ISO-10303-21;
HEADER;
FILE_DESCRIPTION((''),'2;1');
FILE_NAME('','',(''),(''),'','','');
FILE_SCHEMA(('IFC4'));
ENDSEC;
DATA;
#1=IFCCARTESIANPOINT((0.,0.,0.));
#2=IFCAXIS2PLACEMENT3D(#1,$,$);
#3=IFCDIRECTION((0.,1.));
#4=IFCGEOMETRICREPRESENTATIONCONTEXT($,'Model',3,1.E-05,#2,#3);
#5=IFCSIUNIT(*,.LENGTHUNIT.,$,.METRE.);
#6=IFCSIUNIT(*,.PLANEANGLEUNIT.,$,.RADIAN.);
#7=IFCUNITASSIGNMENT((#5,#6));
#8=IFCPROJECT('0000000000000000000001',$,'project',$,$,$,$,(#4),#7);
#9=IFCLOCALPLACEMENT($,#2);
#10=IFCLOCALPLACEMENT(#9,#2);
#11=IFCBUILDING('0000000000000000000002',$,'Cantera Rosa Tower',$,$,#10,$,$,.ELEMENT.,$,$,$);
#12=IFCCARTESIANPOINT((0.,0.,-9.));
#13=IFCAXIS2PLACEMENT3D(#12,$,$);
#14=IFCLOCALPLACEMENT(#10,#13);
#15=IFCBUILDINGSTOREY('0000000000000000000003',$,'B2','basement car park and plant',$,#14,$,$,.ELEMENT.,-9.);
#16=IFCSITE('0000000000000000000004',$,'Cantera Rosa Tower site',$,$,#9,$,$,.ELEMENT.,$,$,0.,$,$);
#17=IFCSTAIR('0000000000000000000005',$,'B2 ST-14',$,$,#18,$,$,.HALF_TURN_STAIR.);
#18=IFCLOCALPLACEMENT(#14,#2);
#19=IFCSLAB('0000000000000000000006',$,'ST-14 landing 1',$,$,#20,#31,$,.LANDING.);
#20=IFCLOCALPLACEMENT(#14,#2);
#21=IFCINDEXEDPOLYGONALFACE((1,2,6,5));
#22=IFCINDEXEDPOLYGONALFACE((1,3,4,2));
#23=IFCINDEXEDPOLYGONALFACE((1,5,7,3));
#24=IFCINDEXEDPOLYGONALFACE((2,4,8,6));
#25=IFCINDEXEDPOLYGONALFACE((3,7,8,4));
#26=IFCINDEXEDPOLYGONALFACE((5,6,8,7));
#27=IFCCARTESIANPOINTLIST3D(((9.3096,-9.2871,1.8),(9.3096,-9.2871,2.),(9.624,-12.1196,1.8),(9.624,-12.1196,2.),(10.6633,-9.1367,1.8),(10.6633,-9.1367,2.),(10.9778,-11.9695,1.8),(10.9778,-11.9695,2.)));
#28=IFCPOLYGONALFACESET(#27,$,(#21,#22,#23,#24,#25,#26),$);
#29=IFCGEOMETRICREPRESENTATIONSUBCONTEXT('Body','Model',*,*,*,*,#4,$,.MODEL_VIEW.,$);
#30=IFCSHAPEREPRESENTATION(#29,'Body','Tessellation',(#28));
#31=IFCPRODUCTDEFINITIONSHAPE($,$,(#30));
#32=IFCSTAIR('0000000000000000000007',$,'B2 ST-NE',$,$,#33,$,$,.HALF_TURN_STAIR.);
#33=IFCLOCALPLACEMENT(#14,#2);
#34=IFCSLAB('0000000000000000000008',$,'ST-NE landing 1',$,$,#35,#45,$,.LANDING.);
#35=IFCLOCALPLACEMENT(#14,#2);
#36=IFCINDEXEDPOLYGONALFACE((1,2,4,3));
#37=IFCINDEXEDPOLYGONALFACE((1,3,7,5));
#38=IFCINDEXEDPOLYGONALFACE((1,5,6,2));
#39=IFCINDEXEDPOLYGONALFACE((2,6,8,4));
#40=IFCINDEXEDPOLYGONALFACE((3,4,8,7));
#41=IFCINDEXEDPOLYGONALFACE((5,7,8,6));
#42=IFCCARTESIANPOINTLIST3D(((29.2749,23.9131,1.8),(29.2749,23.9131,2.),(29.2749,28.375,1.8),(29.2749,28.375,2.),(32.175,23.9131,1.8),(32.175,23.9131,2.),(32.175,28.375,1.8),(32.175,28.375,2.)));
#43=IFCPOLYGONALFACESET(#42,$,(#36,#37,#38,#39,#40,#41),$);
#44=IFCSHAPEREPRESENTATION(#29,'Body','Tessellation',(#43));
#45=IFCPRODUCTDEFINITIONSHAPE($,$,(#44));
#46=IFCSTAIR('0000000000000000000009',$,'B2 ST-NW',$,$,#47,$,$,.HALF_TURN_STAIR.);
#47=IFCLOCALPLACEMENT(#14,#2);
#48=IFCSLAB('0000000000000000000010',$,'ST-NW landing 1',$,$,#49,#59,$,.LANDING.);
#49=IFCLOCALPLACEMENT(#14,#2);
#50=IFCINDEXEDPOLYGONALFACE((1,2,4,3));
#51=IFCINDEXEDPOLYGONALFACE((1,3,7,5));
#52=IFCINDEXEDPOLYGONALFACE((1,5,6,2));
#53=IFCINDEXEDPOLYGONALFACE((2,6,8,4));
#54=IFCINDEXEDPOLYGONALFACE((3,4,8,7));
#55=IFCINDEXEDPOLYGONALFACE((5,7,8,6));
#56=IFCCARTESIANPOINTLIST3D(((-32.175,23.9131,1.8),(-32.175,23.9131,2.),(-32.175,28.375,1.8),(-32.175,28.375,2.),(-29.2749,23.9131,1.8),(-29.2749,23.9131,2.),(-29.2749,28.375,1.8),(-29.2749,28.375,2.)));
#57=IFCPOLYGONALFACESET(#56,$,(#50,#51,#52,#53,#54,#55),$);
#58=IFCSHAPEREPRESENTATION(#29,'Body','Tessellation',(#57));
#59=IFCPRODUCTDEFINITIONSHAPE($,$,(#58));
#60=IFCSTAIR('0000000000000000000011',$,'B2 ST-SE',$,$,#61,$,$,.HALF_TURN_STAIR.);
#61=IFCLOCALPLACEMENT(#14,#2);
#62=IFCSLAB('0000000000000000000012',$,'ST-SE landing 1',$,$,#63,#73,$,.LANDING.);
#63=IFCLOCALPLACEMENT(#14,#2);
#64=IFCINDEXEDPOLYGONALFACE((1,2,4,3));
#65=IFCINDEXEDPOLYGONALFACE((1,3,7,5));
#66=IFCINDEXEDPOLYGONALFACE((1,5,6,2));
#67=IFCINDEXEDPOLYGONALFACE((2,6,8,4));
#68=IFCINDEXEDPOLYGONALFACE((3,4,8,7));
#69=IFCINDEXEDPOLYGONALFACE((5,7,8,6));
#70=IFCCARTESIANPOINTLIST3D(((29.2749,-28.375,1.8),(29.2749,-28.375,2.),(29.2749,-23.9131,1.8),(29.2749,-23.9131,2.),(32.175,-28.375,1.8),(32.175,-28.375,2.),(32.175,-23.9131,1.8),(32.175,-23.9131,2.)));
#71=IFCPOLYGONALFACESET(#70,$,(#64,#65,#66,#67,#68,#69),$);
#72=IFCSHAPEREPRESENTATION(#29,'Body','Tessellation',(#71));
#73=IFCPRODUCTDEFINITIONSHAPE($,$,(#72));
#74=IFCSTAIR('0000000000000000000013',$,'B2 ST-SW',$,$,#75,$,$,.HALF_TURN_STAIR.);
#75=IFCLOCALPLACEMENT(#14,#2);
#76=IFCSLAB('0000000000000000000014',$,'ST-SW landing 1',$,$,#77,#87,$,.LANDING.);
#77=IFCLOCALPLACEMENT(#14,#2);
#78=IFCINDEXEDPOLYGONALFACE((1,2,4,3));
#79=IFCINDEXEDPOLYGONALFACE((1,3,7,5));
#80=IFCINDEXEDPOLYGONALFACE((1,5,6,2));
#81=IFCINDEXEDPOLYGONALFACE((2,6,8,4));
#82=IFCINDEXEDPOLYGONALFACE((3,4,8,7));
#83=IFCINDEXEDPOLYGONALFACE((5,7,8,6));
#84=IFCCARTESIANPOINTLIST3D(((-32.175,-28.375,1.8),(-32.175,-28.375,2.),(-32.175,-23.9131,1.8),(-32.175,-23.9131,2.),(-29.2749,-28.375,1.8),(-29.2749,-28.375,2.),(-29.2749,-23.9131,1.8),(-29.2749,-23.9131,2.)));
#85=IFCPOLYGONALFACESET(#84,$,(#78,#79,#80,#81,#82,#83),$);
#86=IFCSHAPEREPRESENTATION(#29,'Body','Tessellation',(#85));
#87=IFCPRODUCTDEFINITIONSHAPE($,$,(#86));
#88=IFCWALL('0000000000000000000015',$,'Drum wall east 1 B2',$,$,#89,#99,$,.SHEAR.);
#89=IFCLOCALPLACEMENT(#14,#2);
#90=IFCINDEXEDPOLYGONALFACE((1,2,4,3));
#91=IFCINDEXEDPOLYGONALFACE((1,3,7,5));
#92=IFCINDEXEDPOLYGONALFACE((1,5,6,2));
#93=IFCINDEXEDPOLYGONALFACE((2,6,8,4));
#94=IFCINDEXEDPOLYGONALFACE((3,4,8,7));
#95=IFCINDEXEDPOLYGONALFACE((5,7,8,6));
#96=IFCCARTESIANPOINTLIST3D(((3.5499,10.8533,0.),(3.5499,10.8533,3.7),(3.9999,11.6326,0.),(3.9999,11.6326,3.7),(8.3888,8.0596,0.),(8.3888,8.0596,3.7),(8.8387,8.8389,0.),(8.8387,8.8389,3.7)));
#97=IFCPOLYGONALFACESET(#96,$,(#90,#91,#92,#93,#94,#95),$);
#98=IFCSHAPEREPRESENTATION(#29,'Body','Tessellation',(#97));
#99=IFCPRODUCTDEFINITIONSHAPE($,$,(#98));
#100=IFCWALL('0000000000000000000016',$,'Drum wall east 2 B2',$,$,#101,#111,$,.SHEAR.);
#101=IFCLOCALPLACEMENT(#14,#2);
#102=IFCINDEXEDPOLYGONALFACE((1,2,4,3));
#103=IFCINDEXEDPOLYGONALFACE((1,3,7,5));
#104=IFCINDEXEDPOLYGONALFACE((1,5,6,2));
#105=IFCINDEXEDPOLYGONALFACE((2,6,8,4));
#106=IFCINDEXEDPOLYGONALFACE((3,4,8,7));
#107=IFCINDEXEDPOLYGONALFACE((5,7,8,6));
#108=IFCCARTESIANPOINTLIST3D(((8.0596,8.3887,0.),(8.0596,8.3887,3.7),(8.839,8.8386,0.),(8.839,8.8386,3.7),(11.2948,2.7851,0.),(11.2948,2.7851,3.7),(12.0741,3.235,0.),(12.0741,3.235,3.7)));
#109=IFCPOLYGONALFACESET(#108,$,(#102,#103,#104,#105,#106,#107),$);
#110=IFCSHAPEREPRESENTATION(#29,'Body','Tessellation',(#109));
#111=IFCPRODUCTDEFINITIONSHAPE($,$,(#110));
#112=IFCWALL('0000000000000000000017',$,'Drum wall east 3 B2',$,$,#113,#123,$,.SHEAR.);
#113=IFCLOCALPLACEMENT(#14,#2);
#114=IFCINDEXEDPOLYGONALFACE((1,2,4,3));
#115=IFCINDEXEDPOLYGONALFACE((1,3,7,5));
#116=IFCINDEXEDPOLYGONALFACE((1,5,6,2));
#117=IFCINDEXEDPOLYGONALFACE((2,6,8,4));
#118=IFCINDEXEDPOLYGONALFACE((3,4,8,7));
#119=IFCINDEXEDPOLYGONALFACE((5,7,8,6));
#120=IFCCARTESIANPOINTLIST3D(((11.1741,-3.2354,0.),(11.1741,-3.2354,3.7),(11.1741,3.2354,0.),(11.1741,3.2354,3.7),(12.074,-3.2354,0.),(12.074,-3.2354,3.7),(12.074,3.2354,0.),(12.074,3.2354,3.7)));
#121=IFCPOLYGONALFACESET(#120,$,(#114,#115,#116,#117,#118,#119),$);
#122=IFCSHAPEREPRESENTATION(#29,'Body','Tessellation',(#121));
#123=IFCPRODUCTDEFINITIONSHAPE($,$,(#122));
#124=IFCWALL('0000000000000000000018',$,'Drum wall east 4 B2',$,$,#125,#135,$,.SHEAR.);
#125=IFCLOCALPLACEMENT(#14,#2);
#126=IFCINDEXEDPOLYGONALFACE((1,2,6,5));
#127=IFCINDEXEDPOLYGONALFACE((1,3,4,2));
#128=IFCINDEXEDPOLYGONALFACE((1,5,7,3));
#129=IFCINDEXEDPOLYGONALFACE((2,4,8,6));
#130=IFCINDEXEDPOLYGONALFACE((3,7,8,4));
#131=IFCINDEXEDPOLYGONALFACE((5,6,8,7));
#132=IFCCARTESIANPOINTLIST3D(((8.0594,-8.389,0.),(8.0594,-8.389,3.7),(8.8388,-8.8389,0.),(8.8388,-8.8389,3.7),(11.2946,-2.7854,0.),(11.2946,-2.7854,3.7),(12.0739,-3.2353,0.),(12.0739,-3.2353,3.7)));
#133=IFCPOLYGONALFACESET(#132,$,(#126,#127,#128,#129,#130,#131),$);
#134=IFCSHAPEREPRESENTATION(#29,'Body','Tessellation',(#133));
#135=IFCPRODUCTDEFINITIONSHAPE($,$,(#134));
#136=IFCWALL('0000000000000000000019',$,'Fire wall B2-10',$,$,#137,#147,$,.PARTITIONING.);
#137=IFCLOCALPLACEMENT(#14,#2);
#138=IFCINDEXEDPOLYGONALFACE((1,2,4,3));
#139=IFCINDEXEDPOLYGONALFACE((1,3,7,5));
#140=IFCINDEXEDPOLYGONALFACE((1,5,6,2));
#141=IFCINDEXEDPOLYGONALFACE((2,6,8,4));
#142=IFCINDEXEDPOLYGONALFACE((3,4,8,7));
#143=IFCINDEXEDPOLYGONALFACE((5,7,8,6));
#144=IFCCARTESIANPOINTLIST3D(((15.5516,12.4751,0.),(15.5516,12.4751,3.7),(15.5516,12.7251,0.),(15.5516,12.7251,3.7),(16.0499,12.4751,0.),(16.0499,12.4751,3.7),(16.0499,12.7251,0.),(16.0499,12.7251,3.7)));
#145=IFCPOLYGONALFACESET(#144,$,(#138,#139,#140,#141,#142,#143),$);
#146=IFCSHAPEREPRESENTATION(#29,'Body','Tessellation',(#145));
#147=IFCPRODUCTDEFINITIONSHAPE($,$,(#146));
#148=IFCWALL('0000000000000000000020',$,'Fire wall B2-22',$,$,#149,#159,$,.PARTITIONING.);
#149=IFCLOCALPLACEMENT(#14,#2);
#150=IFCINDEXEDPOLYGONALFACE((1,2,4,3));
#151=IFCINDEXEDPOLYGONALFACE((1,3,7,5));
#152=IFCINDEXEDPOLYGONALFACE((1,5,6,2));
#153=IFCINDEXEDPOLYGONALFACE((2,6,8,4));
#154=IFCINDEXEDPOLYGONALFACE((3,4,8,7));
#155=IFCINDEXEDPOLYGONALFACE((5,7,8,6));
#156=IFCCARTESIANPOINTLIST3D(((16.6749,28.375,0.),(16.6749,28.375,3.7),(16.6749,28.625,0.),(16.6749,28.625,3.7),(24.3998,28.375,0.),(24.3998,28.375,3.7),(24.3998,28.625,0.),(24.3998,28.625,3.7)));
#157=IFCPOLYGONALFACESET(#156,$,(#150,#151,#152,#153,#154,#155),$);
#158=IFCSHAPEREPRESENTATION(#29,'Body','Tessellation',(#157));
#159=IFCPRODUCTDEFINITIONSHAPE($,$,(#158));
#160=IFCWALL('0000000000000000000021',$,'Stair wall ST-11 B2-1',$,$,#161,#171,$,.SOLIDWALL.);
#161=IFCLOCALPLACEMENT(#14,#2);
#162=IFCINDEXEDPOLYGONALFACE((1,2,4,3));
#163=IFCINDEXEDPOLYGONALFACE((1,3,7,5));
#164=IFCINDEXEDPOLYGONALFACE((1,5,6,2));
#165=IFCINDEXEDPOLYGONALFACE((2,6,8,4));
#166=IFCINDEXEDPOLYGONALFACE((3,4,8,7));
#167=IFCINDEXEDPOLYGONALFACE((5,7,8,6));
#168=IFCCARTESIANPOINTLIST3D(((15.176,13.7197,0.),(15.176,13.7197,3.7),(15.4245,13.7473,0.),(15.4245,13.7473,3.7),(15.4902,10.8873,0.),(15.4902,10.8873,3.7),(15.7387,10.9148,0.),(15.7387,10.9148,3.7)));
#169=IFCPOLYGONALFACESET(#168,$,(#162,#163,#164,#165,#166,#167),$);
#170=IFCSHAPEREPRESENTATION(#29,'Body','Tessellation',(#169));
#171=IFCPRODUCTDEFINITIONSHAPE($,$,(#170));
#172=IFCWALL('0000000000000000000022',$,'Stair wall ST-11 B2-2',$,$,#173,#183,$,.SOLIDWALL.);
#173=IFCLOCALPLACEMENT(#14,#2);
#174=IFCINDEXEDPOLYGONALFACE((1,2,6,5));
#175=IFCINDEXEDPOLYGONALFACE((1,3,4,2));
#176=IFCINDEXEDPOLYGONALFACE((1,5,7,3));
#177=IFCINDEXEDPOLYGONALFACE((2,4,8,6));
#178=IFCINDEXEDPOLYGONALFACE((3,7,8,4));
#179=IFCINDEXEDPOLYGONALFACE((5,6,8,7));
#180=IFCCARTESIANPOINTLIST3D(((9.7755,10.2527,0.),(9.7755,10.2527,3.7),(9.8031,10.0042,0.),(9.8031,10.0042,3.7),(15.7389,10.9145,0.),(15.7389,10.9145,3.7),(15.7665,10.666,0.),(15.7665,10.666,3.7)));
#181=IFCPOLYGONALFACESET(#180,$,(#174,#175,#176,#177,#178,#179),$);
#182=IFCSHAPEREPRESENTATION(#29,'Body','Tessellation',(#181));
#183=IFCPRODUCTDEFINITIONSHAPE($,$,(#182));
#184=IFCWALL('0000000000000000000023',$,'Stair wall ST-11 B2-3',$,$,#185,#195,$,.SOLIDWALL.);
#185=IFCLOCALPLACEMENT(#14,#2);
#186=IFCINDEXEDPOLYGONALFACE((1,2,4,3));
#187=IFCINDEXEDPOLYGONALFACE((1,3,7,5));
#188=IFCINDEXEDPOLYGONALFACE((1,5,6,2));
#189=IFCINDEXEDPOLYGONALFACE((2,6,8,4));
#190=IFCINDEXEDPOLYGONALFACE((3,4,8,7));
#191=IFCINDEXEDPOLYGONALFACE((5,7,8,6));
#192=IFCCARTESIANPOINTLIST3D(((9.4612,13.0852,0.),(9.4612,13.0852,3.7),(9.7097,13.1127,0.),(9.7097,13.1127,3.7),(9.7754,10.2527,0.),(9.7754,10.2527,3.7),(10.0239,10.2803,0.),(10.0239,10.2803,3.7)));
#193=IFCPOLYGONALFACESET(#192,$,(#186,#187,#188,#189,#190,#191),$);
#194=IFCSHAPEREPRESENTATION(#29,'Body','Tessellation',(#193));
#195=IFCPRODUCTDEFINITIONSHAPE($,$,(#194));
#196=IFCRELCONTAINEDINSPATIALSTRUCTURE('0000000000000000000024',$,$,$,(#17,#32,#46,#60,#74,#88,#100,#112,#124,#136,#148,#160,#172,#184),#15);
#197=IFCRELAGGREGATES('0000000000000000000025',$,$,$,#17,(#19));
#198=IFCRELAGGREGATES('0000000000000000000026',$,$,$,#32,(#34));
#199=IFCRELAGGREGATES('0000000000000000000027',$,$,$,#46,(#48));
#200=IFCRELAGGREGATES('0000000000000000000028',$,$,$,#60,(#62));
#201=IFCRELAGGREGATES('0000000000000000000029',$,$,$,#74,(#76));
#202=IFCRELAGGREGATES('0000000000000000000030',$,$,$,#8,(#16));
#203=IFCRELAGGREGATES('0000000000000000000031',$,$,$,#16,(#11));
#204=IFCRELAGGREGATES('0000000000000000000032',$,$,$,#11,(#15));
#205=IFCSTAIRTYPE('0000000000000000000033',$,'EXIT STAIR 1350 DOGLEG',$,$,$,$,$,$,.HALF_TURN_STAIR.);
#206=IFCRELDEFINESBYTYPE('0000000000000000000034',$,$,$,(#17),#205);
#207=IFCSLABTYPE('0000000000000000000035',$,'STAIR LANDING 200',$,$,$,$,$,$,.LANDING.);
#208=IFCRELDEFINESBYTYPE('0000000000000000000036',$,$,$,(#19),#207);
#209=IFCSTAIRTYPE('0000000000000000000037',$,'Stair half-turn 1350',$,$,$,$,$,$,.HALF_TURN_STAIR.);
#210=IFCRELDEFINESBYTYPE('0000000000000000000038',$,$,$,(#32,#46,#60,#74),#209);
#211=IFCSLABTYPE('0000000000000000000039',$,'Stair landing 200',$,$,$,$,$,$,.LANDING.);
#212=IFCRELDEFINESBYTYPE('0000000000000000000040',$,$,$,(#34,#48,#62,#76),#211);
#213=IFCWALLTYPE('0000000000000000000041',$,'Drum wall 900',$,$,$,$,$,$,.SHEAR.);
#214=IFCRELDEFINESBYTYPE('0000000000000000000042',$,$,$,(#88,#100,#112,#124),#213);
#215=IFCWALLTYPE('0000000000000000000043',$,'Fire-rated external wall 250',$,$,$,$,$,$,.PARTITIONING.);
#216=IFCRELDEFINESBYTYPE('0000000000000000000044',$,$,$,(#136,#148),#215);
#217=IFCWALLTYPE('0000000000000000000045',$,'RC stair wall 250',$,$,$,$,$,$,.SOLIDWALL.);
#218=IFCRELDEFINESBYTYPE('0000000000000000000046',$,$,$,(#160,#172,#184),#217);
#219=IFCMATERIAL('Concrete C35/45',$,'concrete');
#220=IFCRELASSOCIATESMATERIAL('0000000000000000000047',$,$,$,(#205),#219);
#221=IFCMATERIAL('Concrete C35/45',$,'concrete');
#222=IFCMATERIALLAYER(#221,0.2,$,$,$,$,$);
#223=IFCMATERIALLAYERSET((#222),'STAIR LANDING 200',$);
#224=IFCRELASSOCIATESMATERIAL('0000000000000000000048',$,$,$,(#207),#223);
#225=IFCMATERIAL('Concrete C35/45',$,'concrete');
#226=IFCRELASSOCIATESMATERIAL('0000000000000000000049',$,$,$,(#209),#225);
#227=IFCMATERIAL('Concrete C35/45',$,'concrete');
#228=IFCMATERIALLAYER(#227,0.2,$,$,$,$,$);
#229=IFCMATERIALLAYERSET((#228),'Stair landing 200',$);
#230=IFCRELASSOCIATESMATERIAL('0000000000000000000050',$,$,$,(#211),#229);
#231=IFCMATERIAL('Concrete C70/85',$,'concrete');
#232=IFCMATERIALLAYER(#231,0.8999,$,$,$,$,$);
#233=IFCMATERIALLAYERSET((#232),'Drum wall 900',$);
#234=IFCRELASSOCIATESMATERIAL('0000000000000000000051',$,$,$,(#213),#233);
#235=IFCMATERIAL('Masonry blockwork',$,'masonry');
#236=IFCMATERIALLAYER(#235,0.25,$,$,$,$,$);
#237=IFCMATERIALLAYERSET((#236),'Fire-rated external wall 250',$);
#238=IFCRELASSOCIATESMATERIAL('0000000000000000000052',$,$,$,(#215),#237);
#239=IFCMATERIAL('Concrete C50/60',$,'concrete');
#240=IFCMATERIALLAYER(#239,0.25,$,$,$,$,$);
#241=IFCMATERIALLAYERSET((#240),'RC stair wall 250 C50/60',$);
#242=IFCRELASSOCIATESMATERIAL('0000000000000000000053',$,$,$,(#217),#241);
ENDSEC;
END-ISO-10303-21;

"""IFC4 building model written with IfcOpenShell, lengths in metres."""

from ifc_helpers import new_model, si_unit, direction, frame, frame_2d, origin, place, context, subcontext, project, spatial, polyline, rectangle, outline, extrude, material, layer, layer_set, type_object, element, aggregate, save


model = new_model("IFC4")

# Units and contexts
model_context = context("Model", 3, precision=1e-05, world=origin(), true_north=direction((0.0, 1.0)))
body_context = subcontext(model_context, "Body", "Model", "MODEL_VIEW")
ifc_project = project(units=[si_unit("LENGTHUNIT", "METRE"), si_unit("PLANEANGLEUNIT", "RADIAN")], contexts=[model_context])

# Site, building, storey
site_placement = place(None, origin())
site = spatial("IfcSite", under=ifc_project, at=site_placement, Name="Cantera Rosa Tower site", CompositionType="ELEMENT", RefElevation=0.0)
building_placement = place(site_placement, origin())
building = spatial("IfcBuilding", under=site, at=building_placement, Name="Cantera Rosa Tower", CompositionType="ELEMENT")
storey_placement = place(building_placement, frame((0.0, 0.0, -9.0)))
storey = spatial("IfcBuildingStorey", under=building, at=storey_placement, Name="B2", Description="basement car park and plant", CompositionType="ELEMENT", Elevation=-9.0)

# Stairs, slabs
ifc_material_1 = material(Name="Concrete C35/45", Category="concrete")
stair_type_1 = type_object("IfcStairType", Name="EXIT STAIR 1350 DOGLEG", PredefinedType="HALF_TURN_STAIR", material=ifc_material_1)
ifc_material_2 = material(Name="Concrete C35/45", Category="concrete")
ifc_layer_1 = layer(ifc_material_2, 0.2)
ifc_layer_set_1 = layer_set([ifc_layer_1], Name="STAIR LANDING 200")
slab_type_1 = type_object("IfcSlabType", Name="STAIR LANDING 200", PredefinedType="LANDING", material=ifc_layer_set_1)
stair_1_placement = place(storey_placement, origin())
stair_1 = element("IfcStair", 1, at=stair_1_placement, inside=storey, type_object=stair_type_1, Name="B2 ST-14", PredefinedType="HALF_TURN_STAIR")
slab_1_placement = place(storey_placement, frame((0.0, 0.0, 1.8)))
slab_1 = element("IfcSlab", 2, at=slab_1_placement, type_object=slab_type_1, Name="ST-14 landing 1", PredefinedType="LANDING", context=body_context, shape_type="SweptSolid", body=[
    extrude(outline(polyline([(10.6633, -9.1367), (9.3096, -9.2871), (9.624, -12.1196), (10.9778, -11.9695), (10.6633, -9.1367)])), origin(), (0.0, 0.0, 1.0), 0.2),
])
aggregate(stair_1, [slab_1])
ifc_material_3 = material(Name="Concrete C35/45", Category="concrete")
stair_type_2 = type_object("IfcStairType", Name="Stair half-turn 1350", PredefinedType="HALF_TURN_STAIR", material=ifc_material_3)
stair_2_placement = place(storey_placement, origin())
stair_2 = element("IfcStair", 3, at=stair_2_placement, inside=storey, type_object=stair_type_2, Name="B2 ST-NE", PredefinedType="HALF_TURN_STAIR")
ifc_material_4 = material(Name="Concrete C35/45", Category="concrete")
ifc_layer_2 = layer(ifc_material_4, 0.2)
ifc_layer_set_2 = layer_set([ifc_layer_2], Name="Stair landing 200")
slab_type_2 = type_object("IfcSlabType", Name="Stair landing 200", PredefinedType="LANDING", material=ifc_layer_set_2)
slab_2_placement = place(storey_placement, frame((0.0, 0.0, 1.8)))
slab_2 = element("IfcSlab", 4, at=slab_2_placement, type_object=slab_type_2, Name="ST-NE landing 1", PredefinedType="LANDING", context=body_context, shape_type="SweptSolid", body=[
    extrude(outline(polyline([(32.175, 23.9131), (32.175, 28.375), (29.2749, 28.375), (29.2749, 23.9131), (32.175, 23.9131)])), origin(), (0.0, 0.0, 1.0), 0.2),
])
aggregate(stair_2, [slab_2])
stair_3_placement = place(storey_placement, origin())
stair_3 = element("IfcStair", 5, at=stair_3_placement, inside=storey, type_object=stair_type_2, Name="B2 ST-NW", PredefinedType="HALF_TURN_STAIR")
slab_3_placement = place(storey_placement, frame((0.0, 0.0, 1.8)))
slab_3 = element("IfcSlab", 6, at=slab_3_placement, type_object=slab_type_2, Name="ST-NW landing 1", PredefinedType="LANDING", context=body_context, shape_type="SweptSolid", body=[
    extrude(outline(polyline([(-29.2749, 23.9131), (-29.2749, 28.375), (-32.175, 28.375), (-32.175, 23.9131), (-29.2749, 23.9131)])), origin(), (0.0, 0.0, 1.0), 0.2),
])
aggregate(stair_3, [slab_3])
stair_4_placement = place(storey_placement, origin())
stair_4 = element("IfcStair", 7, at=stair_4_placement, inside=storey, type_object=stair_type_2, Name="B2 ST-SE", PredefinedType="HALF_TURN_STAIR")
slab_4_placement = place(storey_placement, frame((0.0, 0.0, 1.8)))
slab_4 = element("IfcSlab", 8, at=slab_4_placement, type_object=slab_type_2, Name="ST-SE landing 1", PredefinedType="LANDING", context=body_context, shape_type="SweptSolid", body=[
    extrude(outline(polyline([(29.2749, -23.9131), (29.2749, -28.375), (32.175, -28.375), (32.175, -23.9131), (29.2749, -23.9131)])), origin(), (0.0, 0.0, 1.0), 0.2),
])
aggregate(stair_4, [slab_4])
stair_5_placement = place(storey_placement, origin())
stair_5 = element("IfcStair", 9, at=stair_5_placement, inside=storey, type_object=stair_type_2, Name="B2 ST-SW", PredefinedType="HALF_TURN_STAIR")
slab_5_placement = place(storey_placement, frame((0.0, 0.0, 1.8)))
slab_5 = element("IfcSlab", 10, at=slab_5_placement, type_object=slab_type_2, Name="ST-SW landing 1", PredefinedType="LANDING", context=body_context, shape_type="SweptSolid", body=[
    extrude(outline(polyline([(-32.175, -23.9131), (-32.175, -28.375), (-29.2749, -28.375), (-29.2749, -23.9131), (-32.175, -23.9131)])), origin(), (0.0, 0.0, 1.0), 0.2),
])
aggregate(stair_5, [slab_5])

# Walls
ifc_material_5 = material(Name="Concrete C70/85", Category="concrete")
ifc_layer_3 = layer(ifc_material_5, 0.8999)
ifc_layer_set_3 = layer_set([ifc_layer_3], Name="Drum wall 900")
wall_type_1 = type_object("IfcWallType", Name="Drum wall 900", PredefinedType="SHEAR", material=ifc_layer_set_3)
wall_1_placement = place(storey_placement, frame((3.7749, 11.2429, 0.0), z_axis=(0.0, 0.0, 1.0), x_axis=(0.866027, -0.499997, 0.0)))
element("IfcWall", 11, at=wall_1_placement, inside=storey, type_object=wall_type_1, Name="Drum wall east 1 B2", PredefinedType="SHEAR", context=body_context, shape_type="SweptSolid", body=[
    extrude(rectangle(XDim=5.5874, YDim=0.8999, at=frame_2d((2.7937, 0.0))), origin(), (0.0, 0.0, 1.0), 3.7),
])
wall_2_placement = place(storey_placement, frame((8.4492, 8.6138, 0.0), z_axis=(0.0, 0.0, 1.0), x_axis=(0.49999, -0.866031, 0.0)))
element("IfcWall", 12, at=wall_2_placement, inside=storey, type_object=wall_type_1, Name="Drum wall east 2 B2", PredefinedType="SHEAR", context=body_context, shape_type="SweptSolid", body=[
    extrude(rectangle(XDim=6.4705, YDim=0.8999, at=frame_2d((3.2354, 0.0))), origin(), (0.0, 0.0, 1.0), 3.7),
])
wall_3_placement = place(storey_placement, frame((11.624, 3.2354, 0.0), z_axis=(0.0, 0.0, 1.0), x_axis=(0.0, -1.0, 0.0)))
element("IfcWall", 13, at=wall_3_placement, inside=storey, type_object=wall_type_1, Name="Drum wall east 3 B2", PredefinedType="SHEAR", context=body_context, shape_type="SweptSolid", body=[
    extrude(rectangle(XDim=6.4707, YDim=0.8999, at=frame_2d((3.2354, 0.0))), origin(), (0.0, 0.0, 1.0), 3.7),
])
wall_4_placement = place(storey_placement, frame((11.6843, -3.0103, 0.0), z_axis=(0.0, 0.0, 1.0), x_axis=(-0.49999, -0.866031, 0.0)))
element("IfcWall", 14, at=wall_4_placement, inside=storey, type_object=wall_type_1, Name="Drum wall east 4 B2", PredefinedType="SHEAR", context=body_context, shape_type="SweptSolid", body=[
    extrude(rectangle(XDim=6.4705, YDim=0.8999, at=frame_2d((3.2354, 0.0))), origin(), (0.0, 0.0, 1.0), 3.7),
])
ifc_material_6 = material(Name="Masonry blockwork", Category="masonry")
ifc_layer_4 = layer(ifc_material_6, 0.25)
ifc_layer_set_4 = layer_set([ifc_layer_4], Name="Fire-rated external wall 250")
wall_type_2 = type_object("IfcWallType", Name="Fire-rated external wall 250", PredefinedType="PARTITIONING", material=ifc_layer_set_4)
wall_5_placement = place(storey_placement, frame((15.5518, 12.6001, 0.0), z_axis=(0.0, 0.0, 1.0), x_axis=(1.0, 0.0, 0.0)))
element("IfcWall", 15, at=wall_5_placement, inside=storey, type_object=wall_type_2, Name="Fire wall B2-10", PredefinedType="PARTITIONING", context=body_context, shape_type="SweptSolid", body=[
    extrude(rectangle(XDim=0.4983, YDim=0.25, at=frame_2d((0.249, 0.0))), origin(), (0.0, 0.0, 1.0), 3.7),
])
wall_6_placement = place(storey_placement, frame((16.675, 28.5, 0.0), z_axis=(0.0, 0.0, 1.0), x_axis=(1.0, 0.0, 0.0)))
element("IfcWall", 16, at=wall_6_placement, inside=storey, type_object=wall_type_2, Name="Fire wall B2-22", PredefinedType="PARTITIONING", context=body_context, shape_type="SweptSolid", body=[
    extrude(rectangle(XDim=7.7249, YDim=0.25, at=frame_2d((3.8623, 0.0))), origin(), (0.0, 0.0, 1.0), 3.7),
])
ifc_material_7 = material(Name="Concrete C50/60", Category="concrete")
ifc_layer_5 = layer(ifc_material_7, 0.25)
ifc_layer_set_5 = layer_set([ifc_layer_5], Name="RC stair wall 250 C50/60")
wall_type_3 = type_object("IfcWallType", Name="RC stair wall 250", PredefinedType="SOLIDWALL", material=ifc_layer_set_5)
wall_7_placement = place(storey_placement, frame((15.3003, 13.7334, 0.0), z_axis=(0.0, 0.0, 1.0), x_axis=(0.110253, -0.993904, 0.0)))
element("IfcWall", 17, at=wall_7_placement, inside=storey, type_object=wall_type_3, Name="Stair wall ST-11 B2-1", PredefinedType="SOLIDWALL", context=body_context, shape_type="SweptSolid", body=[
    extrude(rectangle(XDim=2.8499, YDim=0.25, at=frame_2d((1.4248, 0.0))), origin(), (0.0, 0.0, 1.0), 3.7),
])
wall_8_placement = place(storey_placement, frame((15.7527, 10.7903, 0.0), z_axis=(0.0, 0.0, 1.0), x_axis=(-0.993897, -0.110311, 0.0)))
element("IfcWall", 18, at=wall_8_placement, inside=storey, type_object=wall_type_3, Name="Stair wall ST-11 B2-2", PredefinedType="SOLIDWALL", context=body_context, shape_type="SweptSolid", body=[
    extrude(rectangle(XDim=6.0, YDim=0.25, at=frame_2d((3.0, 0.0))), origin(), (0.0, 0.0, 1.0), 3.7),
])
wall_9_placement = place(storey_placement, frame((9.8997, 10.2666, 0.0), z_axis=(0.0, 0.0, 1.0), x_axis=(-0.110253, 0.993904, 0.0)))
element("IfcWall", 19, at=wall_9_placement, inside=storey, type_object=wall_type_3, Name="Stair wall ST-11 B2-3", PredefinedType="SOLIDWALL", context=body_context, shape_type="SweptSolid", body=[
    extrude(rectangle(XDim=2.8499, YDim=0.25, at=frame_2d((1.4248, 0.0))), origin(), (0.0, 0.0, 1.0), 3.7),
])

save(model, "model.ifc")
